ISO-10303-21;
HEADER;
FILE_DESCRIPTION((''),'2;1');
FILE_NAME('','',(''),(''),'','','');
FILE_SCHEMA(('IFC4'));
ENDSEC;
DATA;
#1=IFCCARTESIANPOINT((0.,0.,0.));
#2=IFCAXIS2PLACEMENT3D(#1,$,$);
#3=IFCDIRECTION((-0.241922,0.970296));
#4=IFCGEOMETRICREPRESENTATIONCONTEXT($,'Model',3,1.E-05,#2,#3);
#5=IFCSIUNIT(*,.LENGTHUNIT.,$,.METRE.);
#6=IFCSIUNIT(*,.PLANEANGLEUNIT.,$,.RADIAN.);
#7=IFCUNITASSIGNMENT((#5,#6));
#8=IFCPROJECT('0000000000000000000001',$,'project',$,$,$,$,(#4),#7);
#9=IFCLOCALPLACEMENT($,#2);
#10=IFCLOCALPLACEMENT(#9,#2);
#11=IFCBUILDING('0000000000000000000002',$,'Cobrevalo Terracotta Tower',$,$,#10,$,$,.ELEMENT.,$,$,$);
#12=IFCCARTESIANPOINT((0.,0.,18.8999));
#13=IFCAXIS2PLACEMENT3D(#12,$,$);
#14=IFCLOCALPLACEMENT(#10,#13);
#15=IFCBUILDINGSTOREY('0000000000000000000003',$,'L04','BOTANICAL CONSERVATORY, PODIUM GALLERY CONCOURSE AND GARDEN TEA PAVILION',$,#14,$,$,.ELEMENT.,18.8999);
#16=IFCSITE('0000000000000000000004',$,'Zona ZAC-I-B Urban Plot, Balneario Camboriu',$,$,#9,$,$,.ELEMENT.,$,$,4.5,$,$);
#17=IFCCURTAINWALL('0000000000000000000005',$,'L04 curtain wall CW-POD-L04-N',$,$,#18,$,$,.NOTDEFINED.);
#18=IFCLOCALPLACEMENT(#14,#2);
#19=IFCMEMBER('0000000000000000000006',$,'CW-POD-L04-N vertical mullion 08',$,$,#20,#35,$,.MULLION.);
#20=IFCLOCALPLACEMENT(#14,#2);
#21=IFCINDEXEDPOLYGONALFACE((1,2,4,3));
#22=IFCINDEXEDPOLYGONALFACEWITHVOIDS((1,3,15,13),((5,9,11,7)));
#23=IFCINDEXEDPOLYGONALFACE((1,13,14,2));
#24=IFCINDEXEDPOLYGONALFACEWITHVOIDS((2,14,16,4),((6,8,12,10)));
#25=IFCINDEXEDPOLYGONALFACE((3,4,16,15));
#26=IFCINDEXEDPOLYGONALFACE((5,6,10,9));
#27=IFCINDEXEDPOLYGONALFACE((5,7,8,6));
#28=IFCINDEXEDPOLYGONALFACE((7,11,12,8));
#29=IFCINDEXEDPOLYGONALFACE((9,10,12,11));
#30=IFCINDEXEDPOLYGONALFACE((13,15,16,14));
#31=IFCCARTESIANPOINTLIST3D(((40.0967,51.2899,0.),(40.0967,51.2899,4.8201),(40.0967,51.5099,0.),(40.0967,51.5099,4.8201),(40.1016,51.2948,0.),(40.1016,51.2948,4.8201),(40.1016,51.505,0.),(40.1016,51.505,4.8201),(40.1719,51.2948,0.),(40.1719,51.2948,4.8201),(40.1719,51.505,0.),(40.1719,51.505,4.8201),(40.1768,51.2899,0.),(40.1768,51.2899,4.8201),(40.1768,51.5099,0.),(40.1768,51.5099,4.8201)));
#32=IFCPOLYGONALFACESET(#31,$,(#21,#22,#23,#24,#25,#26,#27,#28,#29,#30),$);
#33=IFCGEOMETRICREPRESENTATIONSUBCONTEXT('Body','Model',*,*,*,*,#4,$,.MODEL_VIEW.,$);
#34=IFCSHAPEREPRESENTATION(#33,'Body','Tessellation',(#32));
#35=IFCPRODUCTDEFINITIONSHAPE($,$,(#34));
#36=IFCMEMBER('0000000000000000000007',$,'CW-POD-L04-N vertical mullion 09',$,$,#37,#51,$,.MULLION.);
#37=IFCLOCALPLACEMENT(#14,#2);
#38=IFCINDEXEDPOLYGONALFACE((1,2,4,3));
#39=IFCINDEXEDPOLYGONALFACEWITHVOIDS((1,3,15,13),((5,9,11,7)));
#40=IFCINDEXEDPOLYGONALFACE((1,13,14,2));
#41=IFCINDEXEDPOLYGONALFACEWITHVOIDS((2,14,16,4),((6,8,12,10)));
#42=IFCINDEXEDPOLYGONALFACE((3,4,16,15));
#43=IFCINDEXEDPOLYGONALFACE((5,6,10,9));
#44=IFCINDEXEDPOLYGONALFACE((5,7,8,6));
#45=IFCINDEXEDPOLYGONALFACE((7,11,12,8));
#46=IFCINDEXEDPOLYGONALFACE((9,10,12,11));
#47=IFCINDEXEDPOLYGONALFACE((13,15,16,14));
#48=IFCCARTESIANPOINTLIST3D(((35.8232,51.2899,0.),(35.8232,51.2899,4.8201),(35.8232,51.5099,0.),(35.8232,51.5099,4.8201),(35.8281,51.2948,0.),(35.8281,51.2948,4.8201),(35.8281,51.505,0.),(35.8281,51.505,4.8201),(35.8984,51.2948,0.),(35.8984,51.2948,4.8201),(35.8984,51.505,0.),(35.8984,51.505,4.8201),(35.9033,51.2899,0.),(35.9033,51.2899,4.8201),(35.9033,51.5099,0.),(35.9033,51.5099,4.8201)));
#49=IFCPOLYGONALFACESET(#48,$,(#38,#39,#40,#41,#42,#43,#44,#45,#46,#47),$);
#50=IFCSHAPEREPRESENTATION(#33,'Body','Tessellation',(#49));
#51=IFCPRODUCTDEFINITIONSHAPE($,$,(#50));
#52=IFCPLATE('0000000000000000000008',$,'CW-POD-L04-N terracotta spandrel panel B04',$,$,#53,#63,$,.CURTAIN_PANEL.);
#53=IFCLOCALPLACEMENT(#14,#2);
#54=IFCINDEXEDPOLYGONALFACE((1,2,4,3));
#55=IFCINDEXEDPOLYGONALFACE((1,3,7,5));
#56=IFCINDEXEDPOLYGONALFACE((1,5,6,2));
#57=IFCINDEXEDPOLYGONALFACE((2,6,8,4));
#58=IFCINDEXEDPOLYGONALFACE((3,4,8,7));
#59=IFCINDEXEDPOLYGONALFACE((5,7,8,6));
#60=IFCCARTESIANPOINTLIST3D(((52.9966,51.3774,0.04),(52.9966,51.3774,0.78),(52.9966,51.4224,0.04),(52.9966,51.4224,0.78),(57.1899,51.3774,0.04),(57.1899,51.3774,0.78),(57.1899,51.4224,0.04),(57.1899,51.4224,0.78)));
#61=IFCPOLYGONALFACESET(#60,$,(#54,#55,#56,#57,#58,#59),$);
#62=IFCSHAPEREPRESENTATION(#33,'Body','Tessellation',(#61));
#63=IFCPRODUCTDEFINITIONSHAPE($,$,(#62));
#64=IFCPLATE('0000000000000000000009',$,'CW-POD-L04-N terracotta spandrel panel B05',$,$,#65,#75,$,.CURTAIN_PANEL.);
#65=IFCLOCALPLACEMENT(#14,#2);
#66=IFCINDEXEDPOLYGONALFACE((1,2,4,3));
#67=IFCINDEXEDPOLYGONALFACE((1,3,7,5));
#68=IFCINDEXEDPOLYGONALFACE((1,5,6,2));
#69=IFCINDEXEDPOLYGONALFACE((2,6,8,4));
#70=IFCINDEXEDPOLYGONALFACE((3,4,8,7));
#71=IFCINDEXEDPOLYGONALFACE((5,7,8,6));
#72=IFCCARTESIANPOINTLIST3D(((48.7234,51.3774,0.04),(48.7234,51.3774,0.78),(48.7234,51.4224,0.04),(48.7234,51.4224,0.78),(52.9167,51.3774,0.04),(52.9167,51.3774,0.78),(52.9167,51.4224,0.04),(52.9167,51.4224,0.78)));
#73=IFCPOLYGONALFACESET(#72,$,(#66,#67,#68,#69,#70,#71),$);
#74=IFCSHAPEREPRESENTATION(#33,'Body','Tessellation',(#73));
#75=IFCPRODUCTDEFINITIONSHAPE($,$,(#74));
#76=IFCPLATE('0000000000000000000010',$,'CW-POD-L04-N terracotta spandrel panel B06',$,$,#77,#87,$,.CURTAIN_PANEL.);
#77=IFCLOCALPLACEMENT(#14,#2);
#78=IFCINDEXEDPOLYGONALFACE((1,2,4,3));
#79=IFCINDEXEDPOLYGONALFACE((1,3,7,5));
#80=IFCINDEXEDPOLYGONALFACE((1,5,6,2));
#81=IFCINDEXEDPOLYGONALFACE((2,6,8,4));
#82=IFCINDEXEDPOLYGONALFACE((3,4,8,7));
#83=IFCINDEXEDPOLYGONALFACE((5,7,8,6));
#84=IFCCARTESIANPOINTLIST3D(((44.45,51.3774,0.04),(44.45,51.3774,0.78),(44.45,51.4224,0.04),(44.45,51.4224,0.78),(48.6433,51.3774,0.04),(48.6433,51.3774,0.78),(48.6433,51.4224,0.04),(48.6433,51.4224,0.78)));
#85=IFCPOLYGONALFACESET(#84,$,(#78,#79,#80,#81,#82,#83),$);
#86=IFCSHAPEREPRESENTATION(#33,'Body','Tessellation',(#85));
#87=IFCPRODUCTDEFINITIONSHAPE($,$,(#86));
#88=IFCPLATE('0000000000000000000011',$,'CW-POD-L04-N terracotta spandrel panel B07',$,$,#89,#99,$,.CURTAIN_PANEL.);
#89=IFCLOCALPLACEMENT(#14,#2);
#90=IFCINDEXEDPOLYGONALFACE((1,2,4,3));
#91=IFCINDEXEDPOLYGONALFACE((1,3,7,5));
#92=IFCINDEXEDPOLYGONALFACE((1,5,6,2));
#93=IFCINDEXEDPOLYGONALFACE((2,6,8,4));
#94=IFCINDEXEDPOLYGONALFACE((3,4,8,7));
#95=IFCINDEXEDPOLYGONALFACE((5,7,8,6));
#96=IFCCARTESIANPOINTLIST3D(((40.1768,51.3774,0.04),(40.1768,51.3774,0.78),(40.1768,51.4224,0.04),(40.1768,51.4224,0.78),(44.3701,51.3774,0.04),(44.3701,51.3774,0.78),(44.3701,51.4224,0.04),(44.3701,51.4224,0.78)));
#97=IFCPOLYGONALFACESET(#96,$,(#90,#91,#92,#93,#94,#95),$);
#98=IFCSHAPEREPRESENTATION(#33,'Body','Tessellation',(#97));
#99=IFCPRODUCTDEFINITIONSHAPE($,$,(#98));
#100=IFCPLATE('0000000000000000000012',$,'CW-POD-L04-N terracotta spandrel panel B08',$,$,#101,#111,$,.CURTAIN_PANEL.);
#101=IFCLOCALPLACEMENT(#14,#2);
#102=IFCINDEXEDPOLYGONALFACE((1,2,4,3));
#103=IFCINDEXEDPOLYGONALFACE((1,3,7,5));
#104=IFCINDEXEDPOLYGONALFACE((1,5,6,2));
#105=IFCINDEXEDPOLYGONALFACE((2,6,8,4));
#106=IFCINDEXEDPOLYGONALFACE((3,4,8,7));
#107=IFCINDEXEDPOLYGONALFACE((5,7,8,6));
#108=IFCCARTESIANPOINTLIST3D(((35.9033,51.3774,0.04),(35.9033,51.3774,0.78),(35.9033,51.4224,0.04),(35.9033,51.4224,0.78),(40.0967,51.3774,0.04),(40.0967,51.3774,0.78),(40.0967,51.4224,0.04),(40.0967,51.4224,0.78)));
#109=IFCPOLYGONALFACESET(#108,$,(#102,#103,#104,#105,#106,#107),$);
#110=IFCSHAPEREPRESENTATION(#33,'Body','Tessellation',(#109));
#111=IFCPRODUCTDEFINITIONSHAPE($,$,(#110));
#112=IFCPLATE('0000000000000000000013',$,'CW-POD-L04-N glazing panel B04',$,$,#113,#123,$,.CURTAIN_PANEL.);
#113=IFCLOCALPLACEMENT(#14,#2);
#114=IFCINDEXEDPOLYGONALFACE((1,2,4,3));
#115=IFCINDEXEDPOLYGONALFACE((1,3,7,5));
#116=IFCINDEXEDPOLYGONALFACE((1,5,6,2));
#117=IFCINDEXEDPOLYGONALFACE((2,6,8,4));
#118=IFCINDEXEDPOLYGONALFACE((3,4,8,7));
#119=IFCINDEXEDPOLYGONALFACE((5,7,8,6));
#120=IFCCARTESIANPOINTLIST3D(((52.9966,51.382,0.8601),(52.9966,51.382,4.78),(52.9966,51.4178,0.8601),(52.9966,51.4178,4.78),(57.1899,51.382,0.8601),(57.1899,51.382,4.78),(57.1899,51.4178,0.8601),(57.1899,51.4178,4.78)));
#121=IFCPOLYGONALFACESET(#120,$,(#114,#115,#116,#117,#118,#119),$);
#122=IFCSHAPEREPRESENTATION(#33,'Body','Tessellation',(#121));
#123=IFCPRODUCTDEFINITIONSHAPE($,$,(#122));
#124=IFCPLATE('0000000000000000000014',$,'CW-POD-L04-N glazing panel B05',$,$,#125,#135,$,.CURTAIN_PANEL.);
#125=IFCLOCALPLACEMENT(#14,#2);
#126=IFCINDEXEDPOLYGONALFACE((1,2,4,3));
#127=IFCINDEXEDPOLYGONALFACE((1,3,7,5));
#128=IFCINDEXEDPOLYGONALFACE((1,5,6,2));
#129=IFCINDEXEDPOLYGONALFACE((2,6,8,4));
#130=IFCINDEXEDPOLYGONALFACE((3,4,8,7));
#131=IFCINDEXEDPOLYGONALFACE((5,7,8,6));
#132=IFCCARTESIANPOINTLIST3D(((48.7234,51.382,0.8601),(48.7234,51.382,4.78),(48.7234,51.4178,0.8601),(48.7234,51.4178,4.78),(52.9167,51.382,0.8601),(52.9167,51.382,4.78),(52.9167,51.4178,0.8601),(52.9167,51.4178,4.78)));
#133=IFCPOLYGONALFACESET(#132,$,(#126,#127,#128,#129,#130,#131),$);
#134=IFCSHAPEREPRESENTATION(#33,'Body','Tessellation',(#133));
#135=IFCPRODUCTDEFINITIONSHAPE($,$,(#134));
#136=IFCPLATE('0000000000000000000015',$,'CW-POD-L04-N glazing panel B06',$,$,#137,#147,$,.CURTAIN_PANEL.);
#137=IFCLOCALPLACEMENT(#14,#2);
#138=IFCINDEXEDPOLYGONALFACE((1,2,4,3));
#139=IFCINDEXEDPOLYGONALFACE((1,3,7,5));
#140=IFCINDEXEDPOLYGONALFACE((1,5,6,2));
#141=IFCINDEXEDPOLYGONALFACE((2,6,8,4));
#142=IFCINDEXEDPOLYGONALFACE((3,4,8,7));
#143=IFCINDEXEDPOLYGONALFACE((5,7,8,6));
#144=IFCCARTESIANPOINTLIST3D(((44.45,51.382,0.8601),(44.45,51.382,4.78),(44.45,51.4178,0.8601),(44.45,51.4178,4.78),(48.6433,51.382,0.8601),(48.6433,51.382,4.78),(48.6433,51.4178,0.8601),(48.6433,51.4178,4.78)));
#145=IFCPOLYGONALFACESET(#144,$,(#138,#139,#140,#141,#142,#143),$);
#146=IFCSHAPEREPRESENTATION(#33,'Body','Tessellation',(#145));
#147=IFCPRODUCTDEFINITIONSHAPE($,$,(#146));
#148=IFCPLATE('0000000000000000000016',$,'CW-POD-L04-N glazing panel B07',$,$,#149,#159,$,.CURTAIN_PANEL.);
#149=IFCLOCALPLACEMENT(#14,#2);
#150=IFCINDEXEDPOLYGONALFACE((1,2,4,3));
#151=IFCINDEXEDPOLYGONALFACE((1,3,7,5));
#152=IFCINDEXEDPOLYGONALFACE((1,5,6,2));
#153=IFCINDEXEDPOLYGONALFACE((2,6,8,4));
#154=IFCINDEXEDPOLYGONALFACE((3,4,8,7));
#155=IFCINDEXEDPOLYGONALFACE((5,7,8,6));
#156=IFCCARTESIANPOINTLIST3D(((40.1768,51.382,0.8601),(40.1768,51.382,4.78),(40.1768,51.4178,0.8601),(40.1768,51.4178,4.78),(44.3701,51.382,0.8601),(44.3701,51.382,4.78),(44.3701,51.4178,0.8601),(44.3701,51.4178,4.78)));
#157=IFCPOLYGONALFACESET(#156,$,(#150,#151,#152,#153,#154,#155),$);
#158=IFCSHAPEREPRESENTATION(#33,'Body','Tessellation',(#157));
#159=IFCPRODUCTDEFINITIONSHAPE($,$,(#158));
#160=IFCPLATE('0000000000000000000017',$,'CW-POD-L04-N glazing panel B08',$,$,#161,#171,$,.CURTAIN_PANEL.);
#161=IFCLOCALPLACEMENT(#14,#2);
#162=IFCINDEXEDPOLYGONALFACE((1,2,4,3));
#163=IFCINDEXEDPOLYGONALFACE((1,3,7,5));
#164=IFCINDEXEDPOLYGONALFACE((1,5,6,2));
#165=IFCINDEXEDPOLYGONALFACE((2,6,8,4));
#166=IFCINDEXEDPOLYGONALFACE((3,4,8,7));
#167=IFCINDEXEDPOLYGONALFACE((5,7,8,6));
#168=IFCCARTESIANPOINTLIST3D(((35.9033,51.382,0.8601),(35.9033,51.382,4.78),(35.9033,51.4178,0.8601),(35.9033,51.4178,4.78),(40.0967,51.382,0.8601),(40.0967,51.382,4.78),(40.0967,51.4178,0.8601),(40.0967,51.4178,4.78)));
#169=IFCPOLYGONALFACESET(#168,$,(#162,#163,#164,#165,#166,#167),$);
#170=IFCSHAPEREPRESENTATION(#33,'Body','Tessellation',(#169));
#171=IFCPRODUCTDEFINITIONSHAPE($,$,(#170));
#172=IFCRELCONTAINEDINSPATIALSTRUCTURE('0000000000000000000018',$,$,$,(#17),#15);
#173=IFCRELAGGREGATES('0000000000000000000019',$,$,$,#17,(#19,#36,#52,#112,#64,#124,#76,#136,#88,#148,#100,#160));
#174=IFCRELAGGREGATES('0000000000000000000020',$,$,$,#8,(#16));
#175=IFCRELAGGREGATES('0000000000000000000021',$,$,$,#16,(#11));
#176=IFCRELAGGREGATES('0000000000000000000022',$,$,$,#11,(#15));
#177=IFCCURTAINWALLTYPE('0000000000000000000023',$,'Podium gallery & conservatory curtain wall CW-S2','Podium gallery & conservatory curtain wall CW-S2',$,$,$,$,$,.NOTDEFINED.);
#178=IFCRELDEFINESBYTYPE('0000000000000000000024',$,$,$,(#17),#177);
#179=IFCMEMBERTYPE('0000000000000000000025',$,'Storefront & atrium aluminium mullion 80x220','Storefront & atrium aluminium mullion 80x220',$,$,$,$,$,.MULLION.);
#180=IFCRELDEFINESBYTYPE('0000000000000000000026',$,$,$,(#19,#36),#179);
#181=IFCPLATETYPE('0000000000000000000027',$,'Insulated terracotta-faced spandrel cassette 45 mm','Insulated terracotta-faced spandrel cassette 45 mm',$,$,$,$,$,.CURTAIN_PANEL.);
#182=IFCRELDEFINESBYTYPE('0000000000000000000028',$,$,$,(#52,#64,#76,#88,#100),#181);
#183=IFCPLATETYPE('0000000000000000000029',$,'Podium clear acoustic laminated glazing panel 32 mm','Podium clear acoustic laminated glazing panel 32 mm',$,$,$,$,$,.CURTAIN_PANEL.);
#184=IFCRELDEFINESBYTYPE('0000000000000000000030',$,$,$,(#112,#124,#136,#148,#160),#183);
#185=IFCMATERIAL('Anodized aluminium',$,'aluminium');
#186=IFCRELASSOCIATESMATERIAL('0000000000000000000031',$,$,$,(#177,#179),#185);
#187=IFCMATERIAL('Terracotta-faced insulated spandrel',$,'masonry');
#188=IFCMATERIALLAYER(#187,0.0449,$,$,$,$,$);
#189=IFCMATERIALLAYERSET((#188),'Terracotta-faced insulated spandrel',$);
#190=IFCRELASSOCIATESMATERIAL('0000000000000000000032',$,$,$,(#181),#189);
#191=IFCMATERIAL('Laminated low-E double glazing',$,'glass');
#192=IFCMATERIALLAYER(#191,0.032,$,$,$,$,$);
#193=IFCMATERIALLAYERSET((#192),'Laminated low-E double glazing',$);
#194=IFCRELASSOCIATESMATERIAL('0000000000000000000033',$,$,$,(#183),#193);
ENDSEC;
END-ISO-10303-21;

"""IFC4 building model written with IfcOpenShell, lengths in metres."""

from ifc_helpers import new_model, si_unit, direction, frame, origin, origin_2d, place, context, subcontext, project, spatial, rectangle, hollow_rectangle, extrude, source, transform, mapped, material, layer, layer_set, material_profile, profile_set, type_object, element, aggregate, save


model = new_model("IFC4")

# Units and contexts
model_context = context("Model", 3, precision=1e-05, world=origin(), true_north=direction((-0.241922, 0.970296)))
body_context = subcontext(model_context, "Body", "Model", "MODEL_VIEW")
ifc_project = project(units=[si_unit("LENGTHUNIT", "METRE"), si_unit("PLANEANGLEUNIT", "RADIAN")], contexts=[model_context])

# Site, building, storey
site_placement = place(None, origin())
site = spatial("IfcSite", under=ifc_project, at=site_placement, Name="Zona ZAC-I-B Urban Plot, Balneario Camboriu", CompositionType="ELEMENT", RefElevation=4.5)
building_placement = place(site_placement, origin())
building = spatial("IfcBuilding", under=site, at=building_placement, Name="Cobrevalo Terracotta Tower", CompositionType="ELEMENT")
storey_placement = place(building_placement, frame((0.0, 0.0, 18.8999)))
storey = spatial("IfcBuildingStorey", under=building, at=storey_placement, Name="L04", Description="BOTANICAL CONSERVATORY, PODIUM GALLERY CONCOURSE AND GARDEN TEA PAVILION", CompositionType="ELEMENT", Elevation=18.8999)

# Curtain wall, members, plates
ifc_material_1 = material(Name="Anodized aluminium", Category="aluminium")
curtain_wall_type = type_object("IfcCurtainWallType", Name="Podium gallery & conservatory curtain wall CW-S2", Description="Podium gallery & conservatory curtain wall CW-S2", PredefinedType="NOTDEFINED", material=ifc_material_1)
curtain_wall_placement = place(storey_placement, origin())
curtain_wall = element("IfcCurtainWall", 1, at=curtain_wall_placement, inside=storey, type_object=curtain_wall_type, Name="L04 curtain wall CW-POD-L04-N", PredefinedType="NOTDEFINED")
ifc_material_profile_1 = material_profile(ifc_material_1, hollow_rectangle(XDim=0.0801, YDim=0.22, WallThickness=0.0049, at=origin_2d()), Name="CWM 80x220")
ifc_profile_set_1 = profile_set([ifc_material_profile_1], Name="Anodized aluminium")
member_type_1 = type_object("IfcMemberType", Name="Storefront & atrium aluminium mullion 80x220", Description="Storefront & atrium aluminium mullion 80x220", PredefinedType="MULLION", material=ifc_profile_set_1)
shared_shape_1 = source(origin(), body_context, "Body", "SweptSolid", [
    extrude(hollow_rectangle(XDim=0.0801, YDim=0.22, WallThickness=0.0049, at=origin_2d()), origin(), (0.0, 0.0, 1.0), 4.8201),
])
member_1_placement = place(storey_placement, frame((40.1367, 51.3999, 0.0), z_axis=(0.0, 0.0, 1.0), x_axis=(-1.0, 0.0, 0.0)))
member_1 = element("IfcMember", 2, at=member_1_placement, type_object=member_type_1, Name="CW-POD-L04-N vertical mullion 08", PredefinedType="MULLION", context=body_context, shape_type="MappedRepresentation", body=[
    mapped(shared_shape_1, transform((0.0, 0.0, 0.0), scale=1.0)),
])
member_2_placement = place(storey_placement, frame((35.8633, 51.3999, 0.0), z_axis=(0.0, 0.0, 1.0), x_axis=(-1.0, 0.0, 0.0)))
member_2 = element("IfcMember", 3, at=member_2_placement, type_object=member_type_1, Name="CW-POD-L04-N vertical mullion 09", PredefinedType="MULLION", context=body_context, shape_type="MappedRepresentation", body=[
    mapped(shared_shape_1, transform((0.0, 0.0, 0.0), scale=1.0)),
])
ifc_material_2 = material(Name="Terracotta-faced insulated spandrel", Category="masonry")
ifc_layer_1 = layer(ifc_material_2, 0.0449)
ifc_layer_set_1 = layer_set([ifc_layer_1], Name="Terracotta-faced insulated spandrel")
plate_type_1 = type_object("IfcPlateType", Name="Insulated terracotta-faced spandrel cassette 45 mm", Description="Insulated terracotta-faced spandrel cassette 45 mm", PredefinedType="CURTAIN_PANEL", material=ifc_layer_set_1)
shared_shape_2 = source(origin(), body_context, "Body", "SweptSolid", [
    extrude(rectangle(XDim=4.1934, YDim=0.0449, at=origin_2d()), origin(), (0.0, 0.0, 1.0), 0.74),
])
plate_1_placement = place(storey_placement, frame((55.0933, 51.3999, 0.04), z_axis=(0.0, 0.0, 1.0), x_axis=(-1.0, 0.0, 0.0)))
plate_1 = element("IfcPlate", 4, at=plate_1_placement, type_object=plate_type_1, Name="CW-POD-L04-N terracotta spandrel panel B04", PredefinedType="CURTAIN_PANEL", context=body_context, shape_type="MappedRepresentation", body=[
    mapped(shared_shape_2, transform((0.0, 0.0, 0.0), scale=1.0)),
])
plate_2_placement = place(storey_placement, frame((50.8201, 51.3999, 0.04), z_axis=(0.0, 0.0, 1.0), x_axis=(-1.0, 0.0, 0.0)))
plate_2 = element("IfcPlate", 5, at=plate_2_placement, type_object=plate_type_1, Name="CW-POD-L04-N terracotta spandrel panel B05", PredefinedType="CURTAIN_PANEL", context=body_context, shape_type="MappedRepresentation", body=[
    mapped(shared_shape_2, transform((0.0, 0.0, 0.0), scale=1.0)),
])
plate_3_placement = place(storey_placement, frame((46.5466, 51.3999, 0.04), z_axis=(0.0, 0.0, 1.0), x_axis=(-1.0, 0.0, 0.0)))
plate_3 = element("IfcPlate", 6, at=plate_3_placement, type_object=plate_type_1, Name="CW-POD-L04-N terracotta spandrel panel B06", PredefinedType="CURTAIN_PANEL", context=body_context, shape_type="MappedRepresentation", body=[
    mapped(shared_shape_2, transform((0.0, 0.0, 0.0), scale=1.0)),
])
plate_4_placement = place(storey_placement, frame((42.2734, 51.3999, 0.04), z_axis=(0.0, 0.0, 1.0), x_axis=(-1.0, 0.0, 0.0)))
plate_4 = element("IfcPlate", 7, at=plate_4_placement, type_object=plate_type_1, Name="CW-POD-L04-N terracotta spandrel panel B07", PredefinedType="CURTAIN_PANEL", context=body_context, shape_type="MappedRepresentation", body=[
    mapped(shared_shape_2, transform((0.0, 0.0, 0.0), scale=1.0)),
])
plate_5_placement = place(storey_placement, frame((38.0, 51.3999, 0.04), z_axis=(0.0, 0.0, 1.0), x_axis=(-1.0, 0.0, 0.0)))
plate_5 = element("IfcPlate", 8, at=plate_5_placement, type_object=plate_type_1, Name="CW-POD-L04-N terracotta spandrel panel B08", PredefinedType="CURTAIN_PANEL", context=body_context, shape_type="MappedRepresentation", body=[
    mapped(shared_shape_2, transform((0.0, 0.0, 0.0), scale=1.0)),
])
ifc_material_3 = material(Name="Laminated low-E double glazing", Category="glass")
ifc_layer_2 = layer(ifc_material_3, 0.032)
ifc_layer_set_2 = layer_set([ifc_layer_2], Name="Laminated low-E double glazing")
plate_type_2 = type_object("IfcPlateType", Name="Podium clear acoustic laminated glazing panel 32 mm", Description="Podium clear acoustic laminated glazing panel 32 mm", PredefinedType="CURTAIN_PANEL", material=ifc_layer_set_2)
shared_shape_3 = source(origin(), body_context, "Body", "SweptSolid", [
    extrude(rectangle(XDim=4.1934, YDim=0.0359, at=origin_2d()), origin(), (0.0, 0.0, 1.0), 3.9199),
])
plate_6_placement = place(storey_placement, frame((55.0933, 51.3999, 0.8601), z_axis=(0.0, 0.0, 1.0), x_axis=(-1.0, 0.0, 0.0)))
plate_6 = element("IfcPlate", 9, at=plate_6_placement, type_object=plate_type_2, Name="CW-POD-L04-N glazing panel B04", PredefinedType="CURTAIN_PANEL", context=body_context, shape_type="MappedRepresentation", body=[
    mapped(shared_shape_3, transform((0.0, 0.0, 0.0), scale=1.0)),
])
plate_7_placement = place(storey_placement, frame((50.8201, 51.3999, 0.8601), z_axis=(0.0, 0.0, 1.0), x_axis=(-1.0, 0.0, 0.0)))
plate_7 = element("IfcPlate", 10, at=plate_7_placement, type_object=plate_type_2, Name="CW-POD-L04-N glazing panel B05", PredefinedType="CURTAIN_PANEL", context=body_context, shape_type="MappedRepresentation", body=[
    mapped(shared_shape_3, transform((0.0, 0.0, 0.0), scale=1.0)),
])
plate_8_placement = place(storey_placement, frame((46.5466, 51.3999, 0.8601), z_axis=(0.0, 0.0, 1.0), x_axis=(-1.0, 0.0, 0.0)))
plate_8 = element("IfcPlate", 11, at=plate_8_placement, type_object=plate_type_2, Name="CW-POD-L04-N glazing panel B06", PredefinedType="CURTAIN_PANEL", context=body_context, shape_type="MappedRepresentation", body=[
    mapped(shared_shape_3, transform((0.0, 0.0, 0.0), scale=1.0)),
])
plate_9_placement = place(storey_placement, frame((42.2734, 51.3999, 0.8601), z_axis=(0.0, 0.0, 1.0), x_axis=(-1.0, 0.0, 0.0)))
plate_9 = element("IfcPlate", 12, at=plate_9_placement, type_object=plate_type_2, Name="CW-POD-L04-N glazing panel B07", PredefinedType="CURTAIN_PANEL", context=body_context, shape_type="MappedRepresentation", body=[
    mapped(shared_shape_3, transform((0.0, 0.0, 0.0), scale=1.0)),
])
plate_10_placement = place(storey_placement, frame((38.0, 51.3999, 0.8601), z_axis=(0.0, 0.0, 1.0), x_axis=(-1.0, 0.0, 0.0)))
plate_10 = element("IfcPlate", 13, at=plate_10_placement, type_object=plate_type_2, Name="CW-POD-L04-N glazing panel B08", PredefinedType="CURTAIN_PANEL", context=body_context, shape_type="MappedRepresentation", body=[
    mapped(shared_shape_3, transform((0.0, 0.0, 0.0), scale=1.0)),
])
aggregate(curtain_wall, [member_1, member_2, plate_1, plate_6, plate_2, plate_7, plate_3, plate_8, plate_4, plate_9, plate_5, plate_10])

save(model, "model.ifc")
